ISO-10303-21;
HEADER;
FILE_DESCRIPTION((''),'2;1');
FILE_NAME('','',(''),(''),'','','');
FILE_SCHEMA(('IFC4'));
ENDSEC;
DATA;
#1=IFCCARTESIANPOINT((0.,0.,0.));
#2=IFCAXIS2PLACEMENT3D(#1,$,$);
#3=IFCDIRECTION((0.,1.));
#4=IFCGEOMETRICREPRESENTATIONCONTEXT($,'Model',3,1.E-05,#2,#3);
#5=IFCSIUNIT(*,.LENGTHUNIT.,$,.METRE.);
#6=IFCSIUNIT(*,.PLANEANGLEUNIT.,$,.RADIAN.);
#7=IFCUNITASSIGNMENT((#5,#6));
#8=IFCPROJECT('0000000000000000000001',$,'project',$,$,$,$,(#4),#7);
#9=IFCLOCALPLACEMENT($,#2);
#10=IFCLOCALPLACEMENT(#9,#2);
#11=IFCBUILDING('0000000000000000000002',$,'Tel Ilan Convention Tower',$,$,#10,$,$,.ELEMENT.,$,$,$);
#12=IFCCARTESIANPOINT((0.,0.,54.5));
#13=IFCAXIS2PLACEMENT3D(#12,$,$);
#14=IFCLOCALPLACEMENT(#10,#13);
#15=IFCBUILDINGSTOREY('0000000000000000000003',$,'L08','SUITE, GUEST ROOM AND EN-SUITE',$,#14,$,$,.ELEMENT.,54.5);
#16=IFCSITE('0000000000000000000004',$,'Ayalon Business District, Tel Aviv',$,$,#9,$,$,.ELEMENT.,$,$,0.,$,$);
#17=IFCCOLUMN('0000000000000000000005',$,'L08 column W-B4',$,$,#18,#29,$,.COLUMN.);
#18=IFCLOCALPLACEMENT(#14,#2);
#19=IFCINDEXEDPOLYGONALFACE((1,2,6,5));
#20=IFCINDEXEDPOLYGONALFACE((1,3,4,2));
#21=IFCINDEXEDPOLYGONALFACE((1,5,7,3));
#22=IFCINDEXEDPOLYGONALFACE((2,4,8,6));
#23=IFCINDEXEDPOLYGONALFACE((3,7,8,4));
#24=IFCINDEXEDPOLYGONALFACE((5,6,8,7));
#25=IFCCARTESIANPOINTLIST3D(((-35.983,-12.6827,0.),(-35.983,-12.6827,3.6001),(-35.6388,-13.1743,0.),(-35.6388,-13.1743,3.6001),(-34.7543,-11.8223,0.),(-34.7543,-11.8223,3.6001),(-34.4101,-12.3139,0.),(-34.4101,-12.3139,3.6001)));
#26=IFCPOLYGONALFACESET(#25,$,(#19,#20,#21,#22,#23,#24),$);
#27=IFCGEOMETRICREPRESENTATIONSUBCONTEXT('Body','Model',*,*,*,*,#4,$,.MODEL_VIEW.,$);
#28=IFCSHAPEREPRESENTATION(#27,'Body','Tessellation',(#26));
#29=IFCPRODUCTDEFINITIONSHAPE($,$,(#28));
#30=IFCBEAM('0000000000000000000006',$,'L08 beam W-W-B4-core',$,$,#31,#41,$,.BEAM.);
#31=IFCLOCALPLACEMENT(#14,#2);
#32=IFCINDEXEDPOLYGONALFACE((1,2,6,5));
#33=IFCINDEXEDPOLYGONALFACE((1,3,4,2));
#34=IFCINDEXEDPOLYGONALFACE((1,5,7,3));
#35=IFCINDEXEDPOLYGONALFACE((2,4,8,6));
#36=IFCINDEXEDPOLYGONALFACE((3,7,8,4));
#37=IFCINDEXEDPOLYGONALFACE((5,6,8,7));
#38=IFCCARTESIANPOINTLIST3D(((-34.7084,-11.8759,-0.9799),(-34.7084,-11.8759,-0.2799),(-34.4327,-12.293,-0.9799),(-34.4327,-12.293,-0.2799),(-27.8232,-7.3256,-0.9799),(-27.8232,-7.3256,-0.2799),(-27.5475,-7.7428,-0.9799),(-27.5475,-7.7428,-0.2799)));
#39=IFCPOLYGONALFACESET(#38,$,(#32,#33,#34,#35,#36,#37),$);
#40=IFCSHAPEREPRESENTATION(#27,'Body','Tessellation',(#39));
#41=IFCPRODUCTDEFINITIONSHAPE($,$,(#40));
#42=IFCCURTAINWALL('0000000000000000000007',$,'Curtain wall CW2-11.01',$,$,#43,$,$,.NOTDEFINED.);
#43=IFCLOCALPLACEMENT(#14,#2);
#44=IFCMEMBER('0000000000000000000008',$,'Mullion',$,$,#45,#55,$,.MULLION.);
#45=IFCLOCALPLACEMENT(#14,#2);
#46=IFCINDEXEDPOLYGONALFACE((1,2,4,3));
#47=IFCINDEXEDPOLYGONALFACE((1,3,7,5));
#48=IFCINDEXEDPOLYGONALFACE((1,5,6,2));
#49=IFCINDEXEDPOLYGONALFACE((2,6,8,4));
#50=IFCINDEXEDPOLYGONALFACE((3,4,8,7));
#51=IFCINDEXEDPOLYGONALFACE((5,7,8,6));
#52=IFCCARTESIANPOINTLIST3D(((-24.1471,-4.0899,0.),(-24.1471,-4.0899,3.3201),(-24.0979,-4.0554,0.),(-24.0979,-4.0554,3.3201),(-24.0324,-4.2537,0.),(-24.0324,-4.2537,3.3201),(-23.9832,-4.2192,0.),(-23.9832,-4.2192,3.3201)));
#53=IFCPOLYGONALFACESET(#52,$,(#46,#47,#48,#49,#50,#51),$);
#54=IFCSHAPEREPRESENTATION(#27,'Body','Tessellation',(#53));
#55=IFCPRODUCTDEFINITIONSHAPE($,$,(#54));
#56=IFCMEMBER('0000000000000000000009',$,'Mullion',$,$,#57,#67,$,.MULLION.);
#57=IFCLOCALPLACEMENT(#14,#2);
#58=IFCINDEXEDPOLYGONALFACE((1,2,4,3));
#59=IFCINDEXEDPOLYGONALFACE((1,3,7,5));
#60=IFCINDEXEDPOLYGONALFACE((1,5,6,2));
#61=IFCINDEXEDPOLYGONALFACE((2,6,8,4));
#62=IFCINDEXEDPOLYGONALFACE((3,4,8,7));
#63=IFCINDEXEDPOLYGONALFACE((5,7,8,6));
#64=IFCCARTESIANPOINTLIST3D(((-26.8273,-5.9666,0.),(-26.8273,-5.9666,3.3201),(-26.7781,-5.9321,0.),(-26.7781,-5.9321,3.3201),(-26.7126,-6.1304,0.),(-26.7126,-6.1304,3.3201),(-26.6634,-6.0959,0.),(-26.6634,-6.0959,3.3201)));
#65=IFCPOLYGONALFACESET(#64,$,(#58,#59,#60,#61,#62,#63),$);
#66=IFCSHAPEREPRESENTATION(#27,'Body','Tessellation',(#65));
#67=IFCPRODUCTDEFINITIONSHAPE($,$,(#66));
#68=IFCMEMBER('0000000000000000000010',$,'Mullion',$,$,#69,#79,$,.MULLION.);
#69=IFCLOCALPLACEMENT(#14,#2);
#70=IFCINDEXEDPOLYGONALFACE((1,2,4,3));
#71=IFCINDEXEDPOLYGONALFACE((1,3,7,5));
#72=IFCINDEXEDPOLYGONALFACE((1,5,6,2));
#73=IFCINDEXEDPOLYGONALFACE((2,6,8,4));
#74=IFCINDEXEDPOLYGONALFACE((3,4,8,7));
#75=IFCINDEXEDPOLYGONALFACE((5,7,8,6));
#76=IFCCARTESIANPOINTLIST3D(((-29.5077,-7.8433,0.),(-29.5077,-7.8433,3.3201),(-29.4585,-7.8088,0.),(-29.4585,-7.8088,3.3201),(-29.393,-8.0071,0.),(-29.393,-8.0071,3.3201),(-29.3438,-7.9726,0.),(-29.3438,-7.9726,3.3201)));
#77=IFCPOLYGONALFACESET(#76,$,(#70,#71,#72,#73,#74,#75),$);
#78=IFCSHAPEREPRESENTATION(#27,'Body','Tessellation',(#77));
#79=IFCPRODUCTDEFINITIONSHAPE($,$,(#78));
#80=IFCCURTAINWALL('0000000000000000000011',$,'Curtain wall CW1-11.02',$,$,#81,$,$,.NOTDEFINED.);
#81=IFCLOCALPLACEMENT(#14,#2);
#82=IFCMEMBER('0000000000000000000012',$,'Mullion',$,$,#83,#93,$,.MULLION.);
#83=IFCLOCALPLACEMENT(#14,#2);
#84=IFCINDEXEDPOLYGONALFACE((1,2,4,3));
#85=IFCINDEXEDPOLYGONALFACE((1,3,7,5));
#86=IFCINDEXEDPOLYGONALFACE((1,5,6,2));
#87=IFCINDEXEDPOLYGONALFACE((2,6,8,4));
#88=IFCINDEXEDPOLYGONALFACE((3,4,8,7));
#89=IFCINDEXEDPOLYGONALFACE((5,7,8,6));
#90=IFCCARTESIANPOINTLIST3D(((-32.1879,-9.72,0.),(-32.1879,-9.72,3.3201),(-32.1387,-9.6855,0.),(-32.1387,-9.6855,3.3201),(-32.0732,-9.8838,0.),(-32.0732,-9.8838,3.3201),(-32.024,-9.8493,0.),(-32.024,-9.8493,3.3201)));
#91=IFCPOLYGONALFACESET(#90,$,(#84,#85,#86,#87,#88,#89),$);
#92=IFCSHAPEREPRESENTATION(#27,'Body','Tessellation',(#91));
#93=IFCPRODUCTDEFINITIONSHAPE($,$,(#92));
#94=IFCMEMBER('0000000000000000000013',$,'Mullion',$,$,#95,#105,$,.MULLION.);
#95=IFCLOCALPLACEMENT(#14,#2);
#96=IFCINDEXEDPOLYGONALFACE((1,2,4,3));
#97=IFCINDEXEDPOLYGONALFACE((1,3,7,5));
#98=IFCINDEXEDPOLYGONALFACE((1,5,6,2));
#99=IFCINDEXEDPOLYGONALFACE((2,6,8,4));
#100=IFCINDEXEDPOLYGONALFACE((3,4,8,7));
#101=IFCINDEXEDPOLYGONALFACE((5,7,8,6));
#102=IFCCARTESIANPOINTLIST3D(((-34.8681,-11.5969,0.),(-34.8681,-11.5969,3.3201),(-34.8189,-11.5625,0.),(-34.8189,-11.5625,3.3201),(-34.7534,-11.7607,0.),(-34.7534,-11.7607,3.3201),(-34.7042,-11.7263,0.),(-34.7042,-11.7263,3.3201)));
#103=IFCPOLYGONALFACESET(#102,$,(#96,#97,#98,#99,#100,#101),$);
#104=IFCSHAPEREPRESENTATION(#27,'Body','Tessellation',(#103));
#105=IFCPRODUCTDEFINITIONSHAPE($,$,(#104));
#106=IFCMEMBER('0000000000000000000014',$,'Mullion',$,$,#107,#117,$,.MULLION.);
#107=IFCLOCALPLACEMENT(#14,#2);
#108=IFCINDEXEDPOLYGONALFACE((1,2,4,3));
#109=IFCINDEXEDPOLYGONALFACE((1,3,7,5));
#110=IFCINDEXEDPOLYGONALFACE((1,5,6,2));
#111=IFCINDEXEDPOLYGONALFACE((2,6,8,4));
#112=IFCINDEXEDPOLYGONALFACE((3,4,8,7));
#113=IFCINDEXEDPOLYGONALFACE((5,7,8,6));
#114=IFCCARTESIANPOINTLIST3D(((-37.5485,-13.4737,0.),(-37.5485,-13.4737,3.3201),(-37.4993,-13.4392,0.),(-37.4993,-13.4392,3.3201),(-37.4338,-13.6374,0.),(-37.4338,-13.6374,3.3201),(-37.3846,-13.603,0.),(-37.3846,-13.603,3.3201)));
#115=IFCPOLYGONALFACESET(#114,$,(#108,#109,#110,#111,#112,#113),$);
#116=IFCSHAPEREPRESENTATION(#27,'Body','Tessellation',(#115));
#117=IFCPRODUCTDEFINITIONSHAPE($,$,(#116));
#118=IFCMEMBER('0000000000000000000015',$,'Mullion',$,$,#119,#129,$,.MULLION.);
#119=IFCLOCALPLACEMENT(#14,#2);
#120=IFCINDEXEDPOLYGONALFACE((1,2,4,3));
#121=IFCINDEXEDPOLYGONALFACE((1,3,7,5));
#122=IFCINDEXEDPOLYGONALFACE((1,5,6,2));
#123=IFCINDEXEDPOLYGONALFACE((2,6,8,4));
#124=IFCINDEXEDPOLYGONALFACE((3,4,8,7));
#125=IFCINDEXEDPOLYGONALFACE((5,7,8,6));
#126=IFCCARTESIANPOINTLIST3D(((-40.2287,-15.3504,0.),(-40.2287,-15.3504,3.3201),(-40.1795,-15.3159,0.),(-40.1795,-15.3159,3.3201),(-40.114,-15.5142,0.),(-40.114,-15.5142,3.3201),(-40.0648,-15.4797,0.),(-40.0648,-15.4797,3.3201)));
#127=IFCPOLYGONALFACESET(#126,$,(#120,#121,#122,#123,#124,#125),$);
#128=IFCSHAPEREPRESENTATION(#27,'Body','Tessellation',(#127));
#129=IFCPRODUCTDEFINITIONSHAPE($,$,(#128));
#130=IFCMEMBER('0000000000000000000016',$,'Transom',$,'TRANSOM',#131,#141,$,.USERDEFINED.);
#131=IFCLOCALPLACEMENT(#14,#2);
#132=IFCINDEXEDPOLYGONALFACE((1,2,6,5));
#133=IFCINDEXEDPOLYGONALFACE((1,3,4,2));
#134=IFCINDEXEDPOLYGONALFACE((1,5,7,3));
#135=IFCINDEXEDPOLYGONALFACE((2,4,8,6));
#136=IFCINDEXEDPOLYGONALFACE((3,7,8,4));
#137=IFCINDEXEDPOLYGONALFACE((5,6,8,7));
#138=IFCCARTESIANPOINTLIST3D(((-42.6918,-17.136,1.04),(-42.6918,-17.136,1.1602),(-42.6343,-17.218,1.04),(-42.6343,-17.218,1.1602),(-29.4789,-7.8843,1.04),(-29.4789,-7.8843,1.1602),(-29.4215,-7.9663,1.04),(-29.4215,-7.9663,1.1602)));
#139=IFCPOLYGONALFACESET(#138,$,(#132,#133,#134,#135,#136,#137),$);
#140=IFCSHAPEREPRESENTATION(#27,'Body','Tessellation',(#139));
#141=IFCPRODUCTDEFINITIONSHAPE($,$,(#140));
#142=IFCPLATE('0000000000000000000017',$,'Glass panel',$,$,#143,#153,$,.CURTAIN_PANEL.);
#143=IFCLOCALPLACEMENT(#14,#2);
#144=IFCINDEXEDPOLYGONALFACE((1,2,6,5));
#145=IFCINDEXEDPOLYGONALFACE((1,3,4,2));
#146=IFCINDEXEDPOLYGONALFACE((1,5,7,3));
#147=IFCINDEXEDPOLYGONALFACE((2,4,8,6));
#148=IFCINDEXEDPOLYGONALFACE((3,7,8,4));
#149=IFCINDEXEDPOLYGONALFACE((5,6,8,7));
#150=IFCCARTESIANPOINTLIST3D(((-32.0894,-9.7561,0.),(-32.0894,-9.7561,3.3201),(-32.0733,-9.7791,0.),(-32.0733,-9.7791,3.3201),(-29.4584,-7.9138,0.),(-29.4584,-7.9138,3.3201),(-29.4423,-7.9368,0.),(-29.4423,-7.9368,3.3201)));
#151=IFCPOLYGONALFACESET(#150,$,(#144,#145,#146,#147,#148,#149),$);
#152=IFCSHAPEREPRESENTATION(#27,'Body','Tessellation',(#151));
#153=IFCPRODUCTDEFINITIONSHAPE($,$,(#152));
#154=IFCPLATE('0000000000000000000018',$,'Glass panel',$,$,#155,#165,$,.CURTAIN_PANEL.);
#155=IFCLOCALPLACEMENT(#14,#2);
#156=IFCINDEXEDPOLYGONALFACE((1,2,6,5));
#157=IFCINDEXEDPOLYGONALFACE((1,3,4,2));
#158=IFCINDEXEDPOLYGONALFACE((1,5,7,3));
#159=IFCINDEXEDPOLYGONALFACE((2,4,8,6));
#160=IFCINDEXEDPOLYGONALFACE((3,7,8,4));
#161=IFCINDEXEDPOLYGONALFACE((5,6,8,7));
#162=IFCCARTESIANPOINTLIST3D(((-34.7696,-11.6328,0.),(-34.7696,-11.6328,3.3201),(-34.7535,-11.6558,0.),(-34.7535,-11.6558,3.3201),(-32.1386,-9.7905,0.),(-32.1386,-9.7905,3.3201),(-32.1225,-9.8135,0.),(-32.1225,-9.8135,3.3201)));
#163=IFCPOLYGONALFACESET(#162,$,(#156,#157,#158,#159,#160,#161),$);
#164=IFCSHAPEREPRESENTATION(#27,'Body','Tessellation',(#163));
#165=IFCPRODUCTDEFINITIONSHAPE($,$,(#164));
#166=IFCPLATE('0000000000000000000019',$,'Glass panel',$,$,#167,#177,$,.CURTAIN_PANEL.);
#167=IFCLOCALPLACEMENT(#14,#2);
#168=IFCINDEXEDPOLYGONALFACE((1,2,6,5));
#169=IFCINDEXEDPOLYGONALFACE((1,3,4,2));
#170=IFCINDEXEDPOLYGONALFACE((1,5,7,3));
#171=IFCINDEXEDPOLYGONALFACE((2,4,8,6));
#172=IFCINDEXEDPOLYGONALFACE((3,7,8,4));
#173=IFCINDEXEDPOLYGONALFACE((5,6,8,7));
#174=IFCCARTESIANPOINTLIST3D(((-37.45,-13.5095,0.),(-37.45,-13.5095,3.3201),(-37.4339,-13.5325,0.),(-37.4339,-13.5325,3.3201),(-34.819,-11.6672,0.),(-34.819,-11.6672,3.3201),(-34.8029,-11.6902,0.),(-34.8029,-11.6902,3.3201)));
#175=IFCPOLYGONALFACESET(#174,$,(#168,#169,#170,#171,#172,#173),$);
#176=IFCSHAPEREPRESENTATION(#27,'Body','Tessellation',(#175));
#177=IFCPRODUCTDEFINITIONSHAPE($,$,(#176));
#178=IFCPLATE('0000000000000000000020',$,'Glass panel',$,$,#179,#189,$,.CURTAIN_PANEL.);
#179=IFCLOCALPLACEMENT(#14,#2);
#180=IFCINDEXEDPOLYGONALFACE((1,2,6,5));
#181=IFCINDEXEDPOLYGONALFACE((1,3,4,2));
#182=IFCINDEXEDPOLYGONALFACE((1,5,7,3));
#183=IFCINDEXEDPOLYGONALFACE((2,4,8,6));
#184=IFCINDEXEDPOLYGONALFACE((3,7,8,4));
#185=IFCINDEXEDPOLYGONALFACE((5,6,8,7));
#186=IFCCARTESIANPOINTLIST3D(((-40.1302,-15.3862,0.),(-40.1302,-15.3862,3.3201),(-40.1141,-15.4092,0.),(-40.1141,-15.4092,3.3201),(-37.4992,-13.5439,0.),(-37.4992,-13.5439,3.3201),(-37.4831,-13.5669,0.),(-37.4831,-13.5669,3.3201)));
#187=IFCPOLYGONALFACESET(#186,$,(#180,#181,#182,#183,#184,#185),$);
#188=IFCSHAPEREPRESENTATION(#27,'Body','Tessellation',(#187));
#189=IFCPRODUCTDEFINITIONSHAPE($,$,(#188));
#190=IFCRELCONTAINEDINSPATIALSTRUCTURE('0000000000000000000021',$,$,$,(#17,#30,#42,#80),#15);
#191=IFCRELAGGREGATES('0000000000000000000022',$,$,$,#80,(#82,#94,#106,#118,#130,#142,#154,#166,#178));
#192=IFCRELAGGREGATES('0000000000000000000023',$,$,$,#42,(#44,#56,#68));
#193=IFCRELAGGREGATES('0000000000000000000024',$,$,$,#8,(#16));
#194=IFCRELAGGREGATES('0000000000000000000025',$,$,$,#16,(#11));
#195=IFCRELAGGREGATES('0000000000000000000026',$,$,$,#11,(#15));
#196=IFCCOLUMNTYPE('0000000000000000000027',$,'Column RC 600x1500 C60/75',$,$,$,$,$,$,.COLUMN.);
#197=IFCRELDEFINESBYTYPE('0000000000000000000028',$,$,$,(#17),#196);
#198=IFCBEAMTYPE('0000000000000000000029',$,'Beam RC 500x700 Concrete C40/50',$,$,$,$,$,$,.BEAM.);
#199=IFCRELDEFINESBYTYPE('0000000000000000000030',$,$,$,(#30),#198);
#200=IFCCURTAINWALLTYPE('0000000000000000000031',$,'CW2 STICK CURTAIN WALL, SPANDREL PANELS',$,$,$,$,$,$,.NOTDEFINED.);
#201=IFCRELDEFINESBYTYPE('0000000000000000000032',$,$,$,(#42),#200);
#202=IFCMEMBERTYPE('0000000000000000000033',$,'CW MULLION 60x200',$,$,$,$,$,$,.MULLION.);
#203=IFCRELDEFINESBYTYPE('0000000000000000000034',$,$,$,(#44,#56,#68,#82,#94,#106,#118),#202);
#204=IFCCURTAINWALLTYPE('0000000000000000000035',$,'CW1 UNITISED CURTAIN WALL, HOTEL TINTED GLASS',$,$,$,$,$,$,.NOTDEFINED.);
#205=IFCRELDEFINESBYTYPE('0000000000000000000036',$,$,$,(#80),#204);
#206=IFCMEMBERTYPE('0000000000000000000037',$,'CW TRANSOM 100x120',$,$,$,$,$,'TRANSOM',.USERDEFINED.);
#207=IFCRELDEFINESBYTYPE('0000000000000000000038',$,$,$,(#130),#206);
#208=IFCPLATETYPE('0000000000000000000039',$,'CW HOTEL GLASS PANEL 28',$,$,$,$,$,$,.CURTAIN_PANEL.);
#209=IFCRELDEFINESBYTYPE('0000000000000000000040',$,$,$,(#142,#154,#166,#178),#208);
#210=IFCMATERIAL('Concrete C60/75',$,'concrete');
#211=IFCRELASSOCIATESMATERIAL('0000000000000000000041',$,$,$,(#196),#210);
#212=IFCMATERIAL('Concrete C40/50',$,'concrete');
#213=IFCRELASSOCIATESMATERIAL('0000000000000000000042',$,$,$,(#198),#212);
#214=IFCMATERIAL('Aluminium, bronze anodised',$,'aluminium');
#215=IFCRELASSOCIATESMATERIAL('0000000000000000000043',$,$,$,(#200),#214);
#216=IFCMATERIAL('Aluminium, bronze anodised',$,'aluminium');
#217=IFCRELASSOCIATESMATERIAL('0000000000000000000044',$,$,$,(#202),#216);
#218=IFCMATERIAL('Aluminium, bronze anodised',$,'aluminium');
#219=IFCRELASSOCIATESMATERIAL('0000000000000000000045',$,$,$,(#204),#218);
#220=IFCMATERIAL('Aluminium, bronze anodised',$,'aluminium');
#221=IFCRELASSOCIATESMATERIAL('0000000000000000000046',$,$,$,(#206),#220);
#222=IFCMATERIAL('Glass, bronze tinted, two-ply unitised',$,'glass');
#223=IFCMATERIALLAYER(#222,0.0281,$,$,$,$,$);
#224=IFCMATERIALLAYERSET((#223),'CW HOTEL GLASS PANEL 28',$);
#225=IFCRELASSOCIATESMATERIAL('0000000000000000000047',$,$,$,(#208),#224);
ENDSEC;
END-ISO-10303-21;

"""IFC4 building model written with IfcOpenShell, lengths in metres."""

from ifc_helpers import new_model, si_unit, direction, frame, origin, origin_2d, place, context, subcontext, project, spatial, rectangle, extrude, material, layer, layer_set, material_profile, profile_set, type_object, element, aggregate, save


model = new_model("IFC4")

# Units and contexts
model_context = context("Model", 3, precision=1e-05, world=origin(), true_north=direction((0.0, 1.0)))
body_context = subcontext(model_context, "Body", "Model", "MODEL_VIEW")
ifc_project = project(units=[si_unit("LENGTHUNIT", "METRE"), si_unit("PLANEANGLEUNIT", "RADIAN")], contexts=[model_context])

# Site, building, storey
site_placement = place(None, origin())
site = spatial("IfcSite", under=ifc_project, at=site_placement, Name="Ayalon Business District, Tel Aviv", CompositionType="ELEMENT", RefElevation=0.0)
building_placement = place(site_placement, origin())
building = spatial("IfcBuilding", under=site, at=building_placement, Name="Tel Ilan Convention Tower", CompositionType="ELEMENT")
storey_placement = place(building_placement, frame((0.0, 0.0, 54.5)))
storey = spatial("IfcBuildingStorey", under=building, at=storey_placement, Name="L08", Description="SUITE, GUEST ROOM AND EN-SUITE", CompositionType="ELEMENT", Elevation=54.5)

# Column
ifc_material_1 = material(Name="Concrete C60/75", Category="concrete")
ifc_material_profile_1 = material_profile(ifc_material_1, rectangle(XDim=1.5, YDim=0.6001, at=origin_2d()), Name="RC 600x1500")
ifc_profile_set_1 = profile_set([ifc_material_profile_1], Name="Concrete C60/75")
column_type = type_object("IfcColumnType", Name="Column RC 600x1500 C60/75", PredefinedType="COLUMN", material=ifc_profile_set_1)
column_placement = place(storey_placement, frame((-35.1965, -12.4983, 0.0), z_axis=(0.0, 0.0, 1.0), x_axis=(-0.819152, -0.573576, 0.0)))
element("IfcColumn", 1, at=column_placement, inside=storey, type_object=column_type, Name="L08 column W-B4", PredefinedType="COLUMN", context=body_context, shape_type="SweptSolid", body=[
    extrude(rectangle(XDim=1.5, YDim=0.6001, at=origin_2d()), origin(), (0.0, 0.0, 1.0), 3.6001),
])

# Beam
ifc_material_2 = material(Name="Concrete C40/50", Category="concrete")
ifc_material_profile_2 = material_profile(ifc_material_2, rectangle(XDim=0.5, YDim=0.7, at=origin_2d()), Name="RC 500x700")
ifc_profile_set_2 = profile_set([ifc_material_profile_2], Name="Concrete C40/50")
beam_type = type_object("IfcBeamType", Name="Beam RC 500x700 Concrete C40/50", PredefinedType="BEAM", material=ifc_profile_set_2)
beam_placement = place(storey_placement, frame((-34.5706, -12.0845, -0.6299), z_axis=(0.834274, 0.551351, 0.0), x_axis=(-0.551351, 0.834274, 0.0)))
element("IfcBeam", 2, at=beam_placement, inside=storey, type_object=beam_type, Name="L08 beam W-W-B4-core", PredefinedType="BEAM", context=body_context, shape_type="SweptSolid", body=[
    extrude(rectangle(XDim=0.5, YDim=0.7, at=origin_2d()), origin(), (0.0, 0.0, 1.0), 8.2529),
])

# Curtain wall, members
ifc_material_3 = material(Name="Aluminium, bronze anodised", Category="aluminium")
curtain_wall_type_1 = type_object("IfcCurtainWallType", Name="CW2 STICK CURTAIN WALL, SPANDREL PANELS", PredefinedType="NOTDEFINED", material=ifc_material_3)
curtain_wall_1_placement = place(storey_placement, origin())
curtain_wall_1 = element("IfcCurtainWall", 3, at=curtain_wall_1_placement, inside=storey, type_object=curtain_wall_type_1, Name="Curtain wall CW2-11.01", PredefinedType="NOTDEFINED")
ifc_material_4 = material(Name="Aluminium, bronze anodised", Category="aluminium")
ifc_material_profile_3 = material_profile(ifc_material_4, rectangle(XDim=0.0601, YDim=0.2, at=origin_2d()), Name="CW MULLION 60x200")
ifc_profile_set_3 = profile_set([ifc_material_profile_3], Name="Aluminium, bronze anodised")
member_type_1 = type_object("IfcMemberType", Name="CW MULLION 60x200", PredefinedType="MULLION", material=ifc_profile_set_3)
member_1_placement = place(storey_placement, frame((-24.0652, -4.1545, 0.0), z_axis=(0.0, 0.0, 1.0), x_axis=(-0.819152, -0.573576, 0.0)))
member_1 = element("IfcMember", 4, at=member_1_placement, type_object=member_type_1, Name="Mullion", PredefinedType="MULLION", context=body_context, shape_type="SweptSolid", body=[
    extrude(rectangle(XDim=0.0601, YDim=0.2, at=origin_2d()), origin(), (0.0, 0.0, 1.0), 3.3201),
])
member_2_placement = place(storey_placement, frame((-26.7454, -6.0312, 0.0), z_axis=(0.0, 0.0, 1.0), x_axis=(-0.819152, -0.573576, 0.0)))
member_2 = element("IfcMember", 5, at=member_2_placement, type_object=member_type_1, Name="Mullion", PredefinedType="MULLION", context=body_context, shape_type="SweptSolid", body=[
    extrude(rectangle(XDim=0.0601, YDim=0.2, at=origin_2d()), origin(), (0.0, 0.0, 1.0), 3.3201),
])
member_3_placement = place(storey_placement, frame((-29.4258, -7.908, 0.0), z_axis=(0.0, 0.0, 1.0), x_axis=(-0.819152, -0.573576, 0.0)))
member_3 = element("IfcMember", 6, at=member_3_placement, type_object=member_type_1, Name="Mullion", PredefinedType="MULLION", context=body_context, shape_type="SweptSolid", body=[
    extrude(rectangle(XDim=0.0601, YDim=0.2, at=origin_2d()), origin(), (0.0, 0.0, 1.0), 3.3201),
])

# Curtain wall, members, plates
ifc_material_5 = material(Name="Aluminium, bronze anodised", Category="aluminium")
curtain_wall_type_2 = type_object("IfcCurtainWallType", Name="CW1 UNITISED CURTAIN WALL, HOTEL TINTED GLASS", PredefinedType="NOTDEFINED", material=ifc_material_5)
curtain_wall_2_placement = place(storey_placement, origin())
curtain_wall_2 = element("IfcCurtainWall", 7, at=curtain_wall_2_placement, inside=storey, type_object=curtain_wall_type_2, Name="Curtain wall CW1-11.02", PredefinedType="NOTDEFINED")
member_4_placement = place(storey_placement, frame((-32.106, -9.7847, 0.0), z_axis=(0.0, 0.0, 1.0), x_axis=(-0.819152, -0.573576, 0.0)))
member_4 = element("IfcMember", 8, at=member_4_placement, type_object=member_type_1, Name="Mullion", PredefinedType="MULLION", context=body_context, shape_type="SweptSolid", body=[
    extrude(rectangle(XDim=0.0601, YDim=0.2, at=origin_2d()), origin(), (0.0, 0.0, 1.0), 3.3201),
])
member_5_placement = place(storey_placement, frame((-34.7861, -11.6616, 0.0), z_axis=(0.0, 0.0, 1.0), x_axis=(-0.819152, -0.573576, 0.0)))
member_5 = element("IfcMember", 9, at=member_5_placement, type_object=member_type_1, Name="Mullion", PredefinedType="MULLION", context=body_context, shape_type="SweptSolid", body=[
    extrude(rectangle(XDim=0.0601, YDim=0.2, at=origin_2d()), origin(), (0.0, 0.0, 1.0), 3.3201),
])
member_6_placement = place(storey_placement, frame((-37.4666, -13.5383, 0.0), z_axis=(0.0, 0.0, 1.0), x_axis=(-0.819152, -0.573576, 0.0)))
member_6 = element("IfcMember", 10, at=member_6_placement, type_object=member_type_1, Name="Mullion", PredefinedType="MULLION", context=body_context, shape_type="SweptSolid", body=[
    extrude(rectangle(XDim=0.0601, YDim=0.2, at=origin_2d()), origin(), (0.0, 0.0, 1.0), 3.3201),
])
member_7_placement = place(storey_placement, frame((-40.1467, -15.415, 0.0), z_axis=(0.0, 0.0, 1.0), x_axis=(-0.819152, -0.573576, 0.0)))
member_7 = element("IfcMember", 11, at=member_7_placement, type_object=member_type_1, Name="Mullion", PredefinedType="MULLION", context=body_context, shape_type="SweptSolid", body=[
    extrude(rectangle(XDim=0.0601, YDim=0.2, at=origin_2d()), origin(), (0.0, 0.0, 1.0), 3.3201),
])
ifc_material_6 = material(Name="Aluminium, bronze anodised", Category="aluminium")
ifc_material_profile_4 = material_profile(ifc_material_6, rectangle(XDim=0.1001, YDim=0.1201, at=origin_2d()), Name="CW TRANSOM 100x120")
ifc_profile_set_4 = profile_set([ifc_material_profile_4], Name="Aluminium, bronze anodised")
member_type_2 = type_object("IfcMemberType", Name="CW TRANSOM 100x120", ElementType="TRANSOM", PredefinedType="USERDEFINED", material=ifc_profile_set_4)
member_8_placement = place(storey_placement, frame((-29.4502, -7.9253, 1.1001), z_axis=(-0.819154, -0.573574, 0.0), x_axis=(0.573574, -0.819154, 0.0)))
member_8 = element("IfcMember", 12, at=member_8_placement, type_object=member_type_2, Name="Transom", ObjectType="TRANSOM", PredefinedType="USERDEFINED", context=body_context, shape_type="SweptSolid", body=[
    extrude(rectangle(XDim=0.1001, YDim=0.1201, at=origin_2d()), origin(), (0.0, 0.0, 1.0), 16.1299),
])
ifc_material_7 = material(Name="Glass, bronze tinted, two-ply unitised", Category="glass")
ifc_layer_1 = layer(ifc_material_7, 0.0281)
ifc_layer_set_1 = layer_set([ifc_layer_1], Name="CW HOTEL GLASS PANEL 28")
plate_type_1 = type_object("IfcPlateType", Name="CW HOTEL GLASS PANEL 28", PredefinedType="CURTAIN_PANEL", material=ifc_layer_set_1)
plate_1_placement = place(storey_placement, frame((-30.7659, -8.8464, 0.0), z_axis=(0.0, 0.0, 1.0), x_axis=(-0.819152, -0.573576, 0.0)))
plate_1 = element("IfcPlate", 13, at=plate_1_placement, type_object=plate_type_1, Name="Glass panel", PredefinedType="CURTAIN_PANEL", context=body_context, shape_type="SweptSolid", body=[
    extrude(rectangle(XDim=3.2119, YDim=0.0281, at=origin_2d()), origin(), (0.0, 0.0, 1.0), 3.3201),
])
plate_2_placement = place(storey_placement, frame((-33.446, -10.7231, 0.0), z_axis=(0.0, 0.0, 1.0), x_axis=(-0.819152, -0.573576, 0.0)))
plate_2 = element("IfcPlate", 14, at=plate_2_placement, type_object=plate_type_1, Name="Glass panel", PredefinedType="CURTAIN_PANEL", context=body_context, shape_type="SweptSolid", body=[
    extrude(rectangle(XDim=3.2119, YDim=0.0281, at=origin_2d()), origin(), (0.0, 0.0, 1.0), 3.3201),
])
plate_3_placement = place(storey_placement, frame((-36.1265, -12.5999, 0.0), z_axis=(0.0, 0.0, 1.0), x_axis=(-0.819152, -0.573576, 0.0)))
plate_3 = element("IfcPlate", 15, at=plate_3_placement, type_object=plate_type_1, Name="Glass panel", PredefinedType="CURTAIN_PANEL", context=body_context, shape_type="SweptSolid", body=[
    extrude(rectangle(XDim=3.2119, YDim=0.0281, at=origin_2d()), origin(), (0.0, 0.0, 1.0), 3.3201),
])
plate_4_placement = place(storey_placement, frame((-38.8066, -14.4766, 0.0), z_axis=(0.0, 0.0, 1.0), x_axis=(-0.819152, -0.573576, 0.0)))
plate_4 = element("IfcPlate", 16, at=plate_4_placement, type_object=plate_type_1, Name="Glass panel", PredefinedType="CURTAIN_PANEL", context=body_context, shape_type="SweptSolid", body=[
    extrude(rectangle(XDim=3.2119, YDim=0.0281, at=origin_2d()), origin(), (0.0, 0.0, 1.0), 3.3201),
])
aggregate(curtain_wall_2, [member_4, member_5, member_6, member_7, member_8, plate_1, plate_2, plate_3, plate_4])

aggregate(curtain_wall_1, [member_1, member_2, member_3])

save(model, "model.ifc")
